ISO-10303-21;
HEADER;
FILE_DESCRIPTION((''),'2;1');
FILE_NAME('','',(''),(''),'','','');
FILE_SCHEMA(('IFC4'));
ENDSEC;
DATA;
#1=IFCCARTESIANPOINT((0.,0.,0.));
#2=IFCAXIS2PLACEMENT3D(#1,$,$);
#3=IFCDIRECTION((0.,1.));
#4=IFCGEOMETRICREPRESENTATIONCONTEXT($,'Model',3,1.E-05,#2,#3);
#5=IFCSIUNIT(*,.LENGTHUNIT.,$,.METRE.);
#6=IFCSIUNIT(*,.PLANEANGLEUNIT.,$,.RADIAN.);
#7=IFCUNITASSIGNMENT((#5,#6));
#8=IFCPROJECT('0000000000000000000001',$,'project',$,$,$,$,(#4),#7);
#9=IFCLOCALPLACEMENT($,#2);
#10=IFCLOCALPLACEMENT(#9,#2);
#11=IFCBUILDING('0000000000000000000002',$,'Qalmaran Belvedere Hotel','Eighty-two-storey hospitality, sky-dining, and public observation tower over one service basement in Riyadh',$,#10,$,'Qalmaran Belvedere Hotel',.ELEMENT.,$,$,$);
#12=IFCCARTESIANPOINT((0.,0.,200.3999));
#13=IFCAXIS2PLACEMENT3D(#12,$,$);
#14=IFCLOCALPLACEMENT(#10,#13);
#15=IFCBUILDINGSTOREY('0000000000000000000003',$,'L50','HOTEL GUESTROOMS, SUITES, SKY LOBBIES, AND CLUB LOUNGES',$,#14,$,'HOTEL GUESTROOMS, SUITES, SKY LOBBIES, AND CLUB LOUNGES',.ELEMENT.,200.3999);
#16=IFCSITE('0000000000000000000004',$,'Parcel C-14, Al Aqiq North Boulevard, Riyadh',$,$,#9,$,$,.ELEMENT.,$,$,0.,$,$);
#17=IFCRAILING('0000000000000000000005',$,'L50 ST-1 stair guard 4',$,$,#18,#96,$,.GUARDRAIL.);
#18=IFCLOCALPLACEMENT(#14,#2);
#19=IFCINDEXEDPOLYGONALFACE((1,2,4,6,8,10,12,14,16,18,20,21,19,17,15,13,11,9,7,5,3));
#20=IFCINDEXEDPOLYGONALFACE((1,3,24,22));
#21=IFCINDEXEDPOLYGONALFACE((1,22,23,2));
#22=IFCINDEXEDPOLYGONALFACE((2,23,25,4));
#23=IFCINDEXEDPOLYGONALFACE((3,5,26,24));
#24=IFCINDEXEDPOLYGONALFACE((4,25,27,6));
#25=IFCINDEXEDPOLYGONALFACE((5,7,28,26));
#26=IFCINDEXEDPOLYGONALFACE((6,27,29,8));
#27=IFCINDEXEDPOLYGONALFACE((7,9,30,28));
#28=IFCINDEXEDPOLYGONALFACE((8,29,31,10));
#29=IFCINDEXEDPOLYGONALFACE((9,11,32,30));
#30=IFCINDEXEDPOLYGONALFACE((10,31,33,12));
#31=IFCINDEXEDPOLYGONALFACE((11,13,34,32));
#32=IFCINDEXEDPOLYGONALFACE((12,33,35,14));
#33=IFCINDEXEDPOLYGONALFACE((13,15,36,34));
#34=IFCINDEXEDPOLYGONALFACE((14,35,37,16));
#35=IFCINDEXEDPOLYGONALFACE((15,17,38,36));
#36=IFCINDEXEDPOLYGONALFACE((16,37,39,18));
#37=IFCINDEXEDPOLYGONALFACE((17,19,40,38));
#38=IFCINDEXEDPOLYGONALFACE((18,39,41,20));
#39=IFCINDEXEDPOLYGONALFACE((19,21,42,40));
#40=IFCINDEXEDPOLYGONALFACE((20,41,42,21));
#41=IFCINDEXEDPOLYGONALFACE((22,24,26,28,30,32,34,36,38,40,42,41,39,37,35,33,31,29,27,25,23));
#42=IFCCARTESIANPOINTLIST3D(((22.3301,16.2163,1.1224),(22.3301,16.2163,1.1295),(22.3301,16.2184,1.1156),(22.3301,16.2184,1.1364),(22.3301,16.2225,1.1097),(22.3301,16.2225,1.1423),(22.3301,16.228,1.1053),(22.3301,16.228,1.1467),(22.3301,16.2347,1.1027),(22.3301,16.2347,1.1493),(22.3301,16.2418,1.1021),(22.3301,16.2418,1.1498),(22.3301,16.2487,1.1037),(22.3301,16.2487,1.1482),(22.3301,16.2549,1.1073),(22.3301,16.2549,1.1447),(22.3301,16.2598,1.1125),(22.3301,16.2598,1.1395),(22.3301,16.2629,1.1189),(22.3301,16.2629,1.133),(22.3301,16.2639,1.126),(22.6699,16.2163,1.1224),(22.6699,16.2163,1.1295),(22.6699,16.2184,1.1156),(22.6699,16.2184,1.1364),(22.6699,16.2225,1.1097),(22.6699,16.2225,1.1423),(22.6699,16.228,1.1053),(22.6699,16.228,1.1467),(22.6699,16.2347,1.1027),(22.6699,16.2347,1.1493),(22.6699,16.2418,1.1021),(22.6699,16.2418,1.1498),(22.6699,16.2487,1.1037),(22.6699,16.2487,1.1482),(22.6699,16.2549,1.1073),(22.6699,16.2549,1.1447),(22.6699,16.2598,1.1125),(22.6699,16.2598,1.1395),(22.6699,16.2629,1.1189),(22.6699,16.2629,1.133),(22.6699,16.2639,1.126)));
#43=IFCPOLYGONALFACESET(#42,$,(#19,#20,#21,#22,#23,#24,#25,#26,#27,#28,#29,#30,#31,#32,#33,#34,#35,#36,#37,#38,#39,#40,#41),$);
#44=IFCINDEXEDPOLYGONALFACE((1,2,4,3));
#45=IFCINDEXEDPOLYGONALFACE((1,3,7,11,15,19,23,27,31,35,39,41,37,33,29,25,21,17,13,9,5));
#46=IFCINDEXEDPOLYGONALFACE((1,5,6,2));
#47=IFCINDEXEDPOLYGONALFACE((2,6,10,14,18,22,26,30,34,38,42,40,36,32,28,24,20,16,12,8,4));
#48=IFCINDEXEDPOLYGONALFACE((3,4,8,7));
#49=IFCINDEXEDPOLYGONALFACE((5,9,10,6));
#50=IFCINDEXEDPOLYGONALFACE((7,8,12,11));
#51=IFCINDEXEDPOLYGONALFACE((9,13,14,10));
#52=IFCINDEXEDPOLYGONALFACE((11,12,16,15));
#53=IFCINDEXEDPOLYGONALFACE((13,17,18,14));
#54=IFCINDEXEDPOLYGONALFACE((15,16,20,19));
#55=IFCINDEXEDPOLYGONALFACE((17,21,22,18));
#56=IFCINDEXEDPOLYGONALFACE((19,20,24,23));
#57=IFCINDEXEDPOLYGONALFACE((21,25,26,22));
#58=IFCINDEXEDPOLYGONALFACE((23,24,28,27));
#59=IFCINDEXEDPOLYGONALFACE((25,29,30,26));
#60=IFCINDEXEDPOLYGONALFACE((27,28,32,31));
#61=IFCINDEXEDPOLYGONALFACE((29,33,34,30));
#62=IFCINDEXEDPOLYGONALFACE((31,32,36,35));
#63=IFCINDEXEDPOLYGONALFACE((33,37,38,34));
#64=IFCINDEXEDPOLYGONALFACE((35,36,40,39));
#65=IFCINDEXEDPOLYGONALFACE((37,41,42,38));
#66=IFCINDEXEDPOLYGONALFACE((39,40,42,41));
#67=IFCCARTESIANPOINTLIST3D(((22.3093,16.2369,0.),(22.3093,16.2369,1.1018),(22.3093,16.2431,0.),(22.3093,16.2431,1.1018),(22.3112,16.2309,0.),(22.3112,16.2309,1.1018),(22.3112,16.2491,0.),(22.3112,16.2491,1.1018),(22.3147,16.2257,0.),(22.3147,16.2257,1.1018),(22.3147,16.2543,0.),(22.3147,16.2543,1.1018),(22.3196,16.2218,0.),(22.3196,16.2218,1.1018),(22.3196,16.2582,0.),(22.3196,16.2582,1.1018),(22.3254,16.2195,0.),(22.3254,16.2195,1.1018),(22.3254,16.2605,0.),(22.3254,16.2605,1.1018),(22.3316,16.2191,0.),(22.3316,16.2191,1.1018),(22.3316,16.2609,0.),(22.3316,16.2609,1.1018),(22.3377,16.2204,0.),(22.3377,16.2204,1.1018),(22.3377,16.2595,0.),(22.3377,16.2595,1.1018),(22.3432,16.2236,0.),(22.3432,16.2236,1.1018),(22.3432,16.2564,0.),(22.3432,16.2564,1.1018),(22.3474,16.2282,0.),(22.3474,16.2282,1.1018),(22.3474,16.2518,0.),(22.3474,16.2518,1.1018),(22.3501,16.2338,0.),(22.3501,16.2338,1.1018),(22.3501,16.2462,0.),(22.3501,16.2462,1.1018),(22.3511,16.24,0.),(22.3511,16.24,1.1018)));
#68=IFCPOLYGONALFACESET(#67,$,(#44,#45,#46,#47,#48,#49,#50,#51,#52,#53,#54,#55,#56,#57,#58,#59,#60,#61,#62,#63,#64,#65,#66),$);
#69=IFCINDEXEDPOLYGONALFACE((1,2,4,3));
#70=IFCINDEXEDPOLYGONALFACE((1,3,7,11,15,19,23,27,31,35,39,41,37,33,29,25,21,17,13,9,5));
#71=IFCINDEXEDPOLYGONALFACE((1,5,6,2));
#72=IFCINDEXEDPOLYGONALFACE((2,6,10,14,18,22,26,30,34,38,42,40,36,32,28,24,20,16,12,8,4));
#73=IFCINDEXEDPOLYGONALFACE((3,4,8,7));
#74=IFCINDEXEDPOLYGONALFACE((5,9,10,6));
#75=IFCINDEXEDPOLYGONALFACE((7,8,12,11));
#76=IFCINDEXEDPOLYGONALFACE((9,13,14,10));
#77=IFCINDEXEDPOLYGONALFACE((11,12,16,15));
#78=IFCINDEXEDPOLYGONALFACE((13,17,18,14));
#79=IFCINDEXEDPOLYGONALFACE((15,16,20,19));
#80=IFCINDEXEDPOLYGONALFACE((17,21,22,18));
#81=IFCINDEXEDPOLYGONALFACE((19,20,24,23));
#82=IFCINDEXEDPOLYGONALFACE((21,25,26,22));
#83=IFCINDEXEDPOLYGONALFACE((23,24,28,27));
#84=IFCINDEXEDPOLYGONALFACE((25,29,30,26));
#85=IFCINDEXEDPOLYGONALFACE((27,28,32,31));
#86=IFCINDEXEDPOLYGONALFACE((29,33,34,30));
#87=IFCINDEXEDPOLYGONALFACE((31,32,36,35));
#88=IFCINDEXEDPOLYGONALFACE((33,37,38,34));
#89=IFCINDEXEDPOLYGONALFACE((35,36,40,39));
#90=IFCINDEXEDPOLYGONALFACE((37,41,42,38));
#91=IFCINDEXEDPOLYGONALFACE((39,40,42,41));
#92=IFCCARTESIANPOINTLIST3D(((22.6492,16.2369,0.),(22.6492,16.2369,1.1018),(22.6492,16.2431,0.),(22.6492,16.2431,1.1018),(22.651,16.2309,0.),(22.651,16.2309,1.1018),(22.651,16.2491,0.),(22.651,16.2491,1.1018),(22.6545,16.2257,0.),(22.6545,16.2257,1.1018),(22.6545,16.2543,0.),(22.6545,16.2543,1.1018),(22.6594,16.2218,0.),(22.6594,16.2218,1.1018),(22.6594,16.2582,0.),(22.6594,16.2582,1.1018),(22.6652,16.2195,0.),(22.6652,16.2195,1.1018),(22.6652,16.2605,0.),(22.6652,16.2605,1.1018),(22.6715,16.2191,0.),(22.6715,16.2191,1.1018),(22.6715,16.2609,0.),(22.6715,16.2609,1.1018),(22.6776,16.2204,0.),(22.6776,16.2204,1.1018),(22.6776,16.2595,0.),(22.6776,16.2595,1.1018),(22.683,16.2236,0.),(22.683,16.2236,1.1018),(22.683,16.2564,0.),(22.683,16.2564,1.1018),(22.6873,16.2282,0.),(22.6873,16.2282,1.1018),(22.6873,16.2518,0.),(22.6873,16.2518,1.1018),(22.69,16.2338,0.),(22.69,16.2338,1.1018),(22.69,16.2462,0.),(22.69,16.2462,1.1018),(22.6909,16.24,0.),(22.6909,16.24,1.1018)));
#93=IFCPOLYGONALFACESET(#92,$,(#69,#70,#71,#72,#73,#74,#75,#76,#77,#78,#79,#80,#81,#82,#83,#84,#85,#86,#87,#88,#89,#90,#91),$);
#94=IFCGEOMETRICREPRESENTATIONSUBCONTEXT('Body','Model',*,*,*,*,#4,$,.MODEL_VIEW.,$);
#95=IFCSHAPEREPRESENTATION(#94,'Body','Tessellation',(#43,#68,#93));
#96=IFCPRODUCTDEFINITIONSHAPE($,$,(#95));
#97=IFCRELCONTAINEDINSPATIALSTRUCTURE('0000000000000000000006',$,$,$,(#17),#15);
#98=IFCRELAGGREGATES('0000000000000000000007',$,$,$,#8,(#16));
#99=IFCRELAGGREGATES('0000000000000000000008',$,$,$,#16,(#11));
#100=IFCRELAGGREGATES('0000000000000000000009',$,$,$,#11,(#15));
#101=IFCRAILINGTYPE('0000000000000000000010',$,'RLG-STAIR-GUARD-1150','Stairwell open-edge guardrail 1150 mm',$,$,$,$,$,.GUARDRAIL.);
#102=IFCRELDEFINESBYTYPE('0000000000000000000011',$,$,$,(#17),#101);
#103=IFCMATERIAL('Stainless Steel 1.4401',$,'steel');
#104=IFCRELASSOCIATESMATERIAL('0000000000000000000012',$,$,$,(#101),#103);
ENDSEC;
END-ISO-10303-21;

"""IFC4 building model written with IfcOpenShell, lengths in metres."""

from ifc_helpers import new_model, si_unit, direction, frame, origin, origin_2d, place, context, subcontext, project, spatial, circle, extrude, material, type_object, element, save


model = new_model("IFC4")

# Units and contexts
model_context = context("Model", 3, precision=1e-05, world=origin(), true_north=direction((0.0, 1.0)))
body_context = subcontext(model_context, "Body", "Model", "MODEL_VIEW")
ifc_project = project(units=[si_unit("LENGTHUNIT", "METRE"), si_unit("PLANEANGLEUNIT", "RADIAN")], contexts=[model_context])

# Site, building, storey
site_placement = place(None, origin())
site = spatial("IfcSite", under=ifc_project, at=site_placement, Name="Parcel C-14, Al Aqiq North Boulevard, Riyadh", CompositionType="ELEMENT", RefElevation=0.0)
building_placement = place(site_placement, origin())
building = spatial("IfcBuilding", under=site, at=building_placement, Name="Qalmaran Belvedere Hotel", Description="Eighty-two-storey hospitality, sky-dining, and public observation tower over one service basement in Riyadh", LongName="Qalmaran Belvedere Hotel", CompositionType="ELEMENT")
storey_placement = place(building_placement, frame((0.0, 0.0, 200.3999)))
storey = spatial("IfcBuildingStorey", under=building, at=storey_placement, Name="L50", Description="HOTEL GUESTROOMS, SUITES, SKY LOBBIES, AND CLUB LOUNGES", LongName="HOTEL GUESTROOMS, SUITES, SKY LOBBIES, AND CLUB LOUNGES", CompositionType="ELEMENT", Elevation=200.3999)

# Shared definitions
ifc_material_1 = material(Name="Stainless Steel 1.4401", Category="steel")

# Railing
railing_type_1 = type_object("IfcRailingType", Name="RLG-STAIR-GUARD-1150", Description="Stairwell open-edge guardrail 1150 mm", PredefinedType="GUARDRAIL", material=ifc_material_1)
railing_1_placement = place(storey_placement, frame((22.3301, 16.24, 0.0)))
element("IfcRailing", 1, at=railing_1_placement, inside=storey, type_object=railing_type_1, Name="L50 ST-1 stair guard 4", PredefinedType="GUARDRAIL", context=body_context, shape_type="SweptSolid", body=[
    extrude(circle(Radius=0.0239, at=origin_2d()), frame((0.0, 0.0, 1.126), z_axis=(1.0, 0.0, 0.0), x_axis=(0.0, 1.0, 0.0)), (0.0, 0.0, 1.0), 0.3398),
    extrude(circle(Radius=0.021, at=origin_2d()), origin(), (0.0, 0.0, 1.0), 1.1018),
    extrude(circle(Radius=0.021, at=origin_2d()), frame((0.3398, 0.0, 0.0)), (0.0, 0.0, 1.0), 1.1018),
])

save(model, "model.ifc")
